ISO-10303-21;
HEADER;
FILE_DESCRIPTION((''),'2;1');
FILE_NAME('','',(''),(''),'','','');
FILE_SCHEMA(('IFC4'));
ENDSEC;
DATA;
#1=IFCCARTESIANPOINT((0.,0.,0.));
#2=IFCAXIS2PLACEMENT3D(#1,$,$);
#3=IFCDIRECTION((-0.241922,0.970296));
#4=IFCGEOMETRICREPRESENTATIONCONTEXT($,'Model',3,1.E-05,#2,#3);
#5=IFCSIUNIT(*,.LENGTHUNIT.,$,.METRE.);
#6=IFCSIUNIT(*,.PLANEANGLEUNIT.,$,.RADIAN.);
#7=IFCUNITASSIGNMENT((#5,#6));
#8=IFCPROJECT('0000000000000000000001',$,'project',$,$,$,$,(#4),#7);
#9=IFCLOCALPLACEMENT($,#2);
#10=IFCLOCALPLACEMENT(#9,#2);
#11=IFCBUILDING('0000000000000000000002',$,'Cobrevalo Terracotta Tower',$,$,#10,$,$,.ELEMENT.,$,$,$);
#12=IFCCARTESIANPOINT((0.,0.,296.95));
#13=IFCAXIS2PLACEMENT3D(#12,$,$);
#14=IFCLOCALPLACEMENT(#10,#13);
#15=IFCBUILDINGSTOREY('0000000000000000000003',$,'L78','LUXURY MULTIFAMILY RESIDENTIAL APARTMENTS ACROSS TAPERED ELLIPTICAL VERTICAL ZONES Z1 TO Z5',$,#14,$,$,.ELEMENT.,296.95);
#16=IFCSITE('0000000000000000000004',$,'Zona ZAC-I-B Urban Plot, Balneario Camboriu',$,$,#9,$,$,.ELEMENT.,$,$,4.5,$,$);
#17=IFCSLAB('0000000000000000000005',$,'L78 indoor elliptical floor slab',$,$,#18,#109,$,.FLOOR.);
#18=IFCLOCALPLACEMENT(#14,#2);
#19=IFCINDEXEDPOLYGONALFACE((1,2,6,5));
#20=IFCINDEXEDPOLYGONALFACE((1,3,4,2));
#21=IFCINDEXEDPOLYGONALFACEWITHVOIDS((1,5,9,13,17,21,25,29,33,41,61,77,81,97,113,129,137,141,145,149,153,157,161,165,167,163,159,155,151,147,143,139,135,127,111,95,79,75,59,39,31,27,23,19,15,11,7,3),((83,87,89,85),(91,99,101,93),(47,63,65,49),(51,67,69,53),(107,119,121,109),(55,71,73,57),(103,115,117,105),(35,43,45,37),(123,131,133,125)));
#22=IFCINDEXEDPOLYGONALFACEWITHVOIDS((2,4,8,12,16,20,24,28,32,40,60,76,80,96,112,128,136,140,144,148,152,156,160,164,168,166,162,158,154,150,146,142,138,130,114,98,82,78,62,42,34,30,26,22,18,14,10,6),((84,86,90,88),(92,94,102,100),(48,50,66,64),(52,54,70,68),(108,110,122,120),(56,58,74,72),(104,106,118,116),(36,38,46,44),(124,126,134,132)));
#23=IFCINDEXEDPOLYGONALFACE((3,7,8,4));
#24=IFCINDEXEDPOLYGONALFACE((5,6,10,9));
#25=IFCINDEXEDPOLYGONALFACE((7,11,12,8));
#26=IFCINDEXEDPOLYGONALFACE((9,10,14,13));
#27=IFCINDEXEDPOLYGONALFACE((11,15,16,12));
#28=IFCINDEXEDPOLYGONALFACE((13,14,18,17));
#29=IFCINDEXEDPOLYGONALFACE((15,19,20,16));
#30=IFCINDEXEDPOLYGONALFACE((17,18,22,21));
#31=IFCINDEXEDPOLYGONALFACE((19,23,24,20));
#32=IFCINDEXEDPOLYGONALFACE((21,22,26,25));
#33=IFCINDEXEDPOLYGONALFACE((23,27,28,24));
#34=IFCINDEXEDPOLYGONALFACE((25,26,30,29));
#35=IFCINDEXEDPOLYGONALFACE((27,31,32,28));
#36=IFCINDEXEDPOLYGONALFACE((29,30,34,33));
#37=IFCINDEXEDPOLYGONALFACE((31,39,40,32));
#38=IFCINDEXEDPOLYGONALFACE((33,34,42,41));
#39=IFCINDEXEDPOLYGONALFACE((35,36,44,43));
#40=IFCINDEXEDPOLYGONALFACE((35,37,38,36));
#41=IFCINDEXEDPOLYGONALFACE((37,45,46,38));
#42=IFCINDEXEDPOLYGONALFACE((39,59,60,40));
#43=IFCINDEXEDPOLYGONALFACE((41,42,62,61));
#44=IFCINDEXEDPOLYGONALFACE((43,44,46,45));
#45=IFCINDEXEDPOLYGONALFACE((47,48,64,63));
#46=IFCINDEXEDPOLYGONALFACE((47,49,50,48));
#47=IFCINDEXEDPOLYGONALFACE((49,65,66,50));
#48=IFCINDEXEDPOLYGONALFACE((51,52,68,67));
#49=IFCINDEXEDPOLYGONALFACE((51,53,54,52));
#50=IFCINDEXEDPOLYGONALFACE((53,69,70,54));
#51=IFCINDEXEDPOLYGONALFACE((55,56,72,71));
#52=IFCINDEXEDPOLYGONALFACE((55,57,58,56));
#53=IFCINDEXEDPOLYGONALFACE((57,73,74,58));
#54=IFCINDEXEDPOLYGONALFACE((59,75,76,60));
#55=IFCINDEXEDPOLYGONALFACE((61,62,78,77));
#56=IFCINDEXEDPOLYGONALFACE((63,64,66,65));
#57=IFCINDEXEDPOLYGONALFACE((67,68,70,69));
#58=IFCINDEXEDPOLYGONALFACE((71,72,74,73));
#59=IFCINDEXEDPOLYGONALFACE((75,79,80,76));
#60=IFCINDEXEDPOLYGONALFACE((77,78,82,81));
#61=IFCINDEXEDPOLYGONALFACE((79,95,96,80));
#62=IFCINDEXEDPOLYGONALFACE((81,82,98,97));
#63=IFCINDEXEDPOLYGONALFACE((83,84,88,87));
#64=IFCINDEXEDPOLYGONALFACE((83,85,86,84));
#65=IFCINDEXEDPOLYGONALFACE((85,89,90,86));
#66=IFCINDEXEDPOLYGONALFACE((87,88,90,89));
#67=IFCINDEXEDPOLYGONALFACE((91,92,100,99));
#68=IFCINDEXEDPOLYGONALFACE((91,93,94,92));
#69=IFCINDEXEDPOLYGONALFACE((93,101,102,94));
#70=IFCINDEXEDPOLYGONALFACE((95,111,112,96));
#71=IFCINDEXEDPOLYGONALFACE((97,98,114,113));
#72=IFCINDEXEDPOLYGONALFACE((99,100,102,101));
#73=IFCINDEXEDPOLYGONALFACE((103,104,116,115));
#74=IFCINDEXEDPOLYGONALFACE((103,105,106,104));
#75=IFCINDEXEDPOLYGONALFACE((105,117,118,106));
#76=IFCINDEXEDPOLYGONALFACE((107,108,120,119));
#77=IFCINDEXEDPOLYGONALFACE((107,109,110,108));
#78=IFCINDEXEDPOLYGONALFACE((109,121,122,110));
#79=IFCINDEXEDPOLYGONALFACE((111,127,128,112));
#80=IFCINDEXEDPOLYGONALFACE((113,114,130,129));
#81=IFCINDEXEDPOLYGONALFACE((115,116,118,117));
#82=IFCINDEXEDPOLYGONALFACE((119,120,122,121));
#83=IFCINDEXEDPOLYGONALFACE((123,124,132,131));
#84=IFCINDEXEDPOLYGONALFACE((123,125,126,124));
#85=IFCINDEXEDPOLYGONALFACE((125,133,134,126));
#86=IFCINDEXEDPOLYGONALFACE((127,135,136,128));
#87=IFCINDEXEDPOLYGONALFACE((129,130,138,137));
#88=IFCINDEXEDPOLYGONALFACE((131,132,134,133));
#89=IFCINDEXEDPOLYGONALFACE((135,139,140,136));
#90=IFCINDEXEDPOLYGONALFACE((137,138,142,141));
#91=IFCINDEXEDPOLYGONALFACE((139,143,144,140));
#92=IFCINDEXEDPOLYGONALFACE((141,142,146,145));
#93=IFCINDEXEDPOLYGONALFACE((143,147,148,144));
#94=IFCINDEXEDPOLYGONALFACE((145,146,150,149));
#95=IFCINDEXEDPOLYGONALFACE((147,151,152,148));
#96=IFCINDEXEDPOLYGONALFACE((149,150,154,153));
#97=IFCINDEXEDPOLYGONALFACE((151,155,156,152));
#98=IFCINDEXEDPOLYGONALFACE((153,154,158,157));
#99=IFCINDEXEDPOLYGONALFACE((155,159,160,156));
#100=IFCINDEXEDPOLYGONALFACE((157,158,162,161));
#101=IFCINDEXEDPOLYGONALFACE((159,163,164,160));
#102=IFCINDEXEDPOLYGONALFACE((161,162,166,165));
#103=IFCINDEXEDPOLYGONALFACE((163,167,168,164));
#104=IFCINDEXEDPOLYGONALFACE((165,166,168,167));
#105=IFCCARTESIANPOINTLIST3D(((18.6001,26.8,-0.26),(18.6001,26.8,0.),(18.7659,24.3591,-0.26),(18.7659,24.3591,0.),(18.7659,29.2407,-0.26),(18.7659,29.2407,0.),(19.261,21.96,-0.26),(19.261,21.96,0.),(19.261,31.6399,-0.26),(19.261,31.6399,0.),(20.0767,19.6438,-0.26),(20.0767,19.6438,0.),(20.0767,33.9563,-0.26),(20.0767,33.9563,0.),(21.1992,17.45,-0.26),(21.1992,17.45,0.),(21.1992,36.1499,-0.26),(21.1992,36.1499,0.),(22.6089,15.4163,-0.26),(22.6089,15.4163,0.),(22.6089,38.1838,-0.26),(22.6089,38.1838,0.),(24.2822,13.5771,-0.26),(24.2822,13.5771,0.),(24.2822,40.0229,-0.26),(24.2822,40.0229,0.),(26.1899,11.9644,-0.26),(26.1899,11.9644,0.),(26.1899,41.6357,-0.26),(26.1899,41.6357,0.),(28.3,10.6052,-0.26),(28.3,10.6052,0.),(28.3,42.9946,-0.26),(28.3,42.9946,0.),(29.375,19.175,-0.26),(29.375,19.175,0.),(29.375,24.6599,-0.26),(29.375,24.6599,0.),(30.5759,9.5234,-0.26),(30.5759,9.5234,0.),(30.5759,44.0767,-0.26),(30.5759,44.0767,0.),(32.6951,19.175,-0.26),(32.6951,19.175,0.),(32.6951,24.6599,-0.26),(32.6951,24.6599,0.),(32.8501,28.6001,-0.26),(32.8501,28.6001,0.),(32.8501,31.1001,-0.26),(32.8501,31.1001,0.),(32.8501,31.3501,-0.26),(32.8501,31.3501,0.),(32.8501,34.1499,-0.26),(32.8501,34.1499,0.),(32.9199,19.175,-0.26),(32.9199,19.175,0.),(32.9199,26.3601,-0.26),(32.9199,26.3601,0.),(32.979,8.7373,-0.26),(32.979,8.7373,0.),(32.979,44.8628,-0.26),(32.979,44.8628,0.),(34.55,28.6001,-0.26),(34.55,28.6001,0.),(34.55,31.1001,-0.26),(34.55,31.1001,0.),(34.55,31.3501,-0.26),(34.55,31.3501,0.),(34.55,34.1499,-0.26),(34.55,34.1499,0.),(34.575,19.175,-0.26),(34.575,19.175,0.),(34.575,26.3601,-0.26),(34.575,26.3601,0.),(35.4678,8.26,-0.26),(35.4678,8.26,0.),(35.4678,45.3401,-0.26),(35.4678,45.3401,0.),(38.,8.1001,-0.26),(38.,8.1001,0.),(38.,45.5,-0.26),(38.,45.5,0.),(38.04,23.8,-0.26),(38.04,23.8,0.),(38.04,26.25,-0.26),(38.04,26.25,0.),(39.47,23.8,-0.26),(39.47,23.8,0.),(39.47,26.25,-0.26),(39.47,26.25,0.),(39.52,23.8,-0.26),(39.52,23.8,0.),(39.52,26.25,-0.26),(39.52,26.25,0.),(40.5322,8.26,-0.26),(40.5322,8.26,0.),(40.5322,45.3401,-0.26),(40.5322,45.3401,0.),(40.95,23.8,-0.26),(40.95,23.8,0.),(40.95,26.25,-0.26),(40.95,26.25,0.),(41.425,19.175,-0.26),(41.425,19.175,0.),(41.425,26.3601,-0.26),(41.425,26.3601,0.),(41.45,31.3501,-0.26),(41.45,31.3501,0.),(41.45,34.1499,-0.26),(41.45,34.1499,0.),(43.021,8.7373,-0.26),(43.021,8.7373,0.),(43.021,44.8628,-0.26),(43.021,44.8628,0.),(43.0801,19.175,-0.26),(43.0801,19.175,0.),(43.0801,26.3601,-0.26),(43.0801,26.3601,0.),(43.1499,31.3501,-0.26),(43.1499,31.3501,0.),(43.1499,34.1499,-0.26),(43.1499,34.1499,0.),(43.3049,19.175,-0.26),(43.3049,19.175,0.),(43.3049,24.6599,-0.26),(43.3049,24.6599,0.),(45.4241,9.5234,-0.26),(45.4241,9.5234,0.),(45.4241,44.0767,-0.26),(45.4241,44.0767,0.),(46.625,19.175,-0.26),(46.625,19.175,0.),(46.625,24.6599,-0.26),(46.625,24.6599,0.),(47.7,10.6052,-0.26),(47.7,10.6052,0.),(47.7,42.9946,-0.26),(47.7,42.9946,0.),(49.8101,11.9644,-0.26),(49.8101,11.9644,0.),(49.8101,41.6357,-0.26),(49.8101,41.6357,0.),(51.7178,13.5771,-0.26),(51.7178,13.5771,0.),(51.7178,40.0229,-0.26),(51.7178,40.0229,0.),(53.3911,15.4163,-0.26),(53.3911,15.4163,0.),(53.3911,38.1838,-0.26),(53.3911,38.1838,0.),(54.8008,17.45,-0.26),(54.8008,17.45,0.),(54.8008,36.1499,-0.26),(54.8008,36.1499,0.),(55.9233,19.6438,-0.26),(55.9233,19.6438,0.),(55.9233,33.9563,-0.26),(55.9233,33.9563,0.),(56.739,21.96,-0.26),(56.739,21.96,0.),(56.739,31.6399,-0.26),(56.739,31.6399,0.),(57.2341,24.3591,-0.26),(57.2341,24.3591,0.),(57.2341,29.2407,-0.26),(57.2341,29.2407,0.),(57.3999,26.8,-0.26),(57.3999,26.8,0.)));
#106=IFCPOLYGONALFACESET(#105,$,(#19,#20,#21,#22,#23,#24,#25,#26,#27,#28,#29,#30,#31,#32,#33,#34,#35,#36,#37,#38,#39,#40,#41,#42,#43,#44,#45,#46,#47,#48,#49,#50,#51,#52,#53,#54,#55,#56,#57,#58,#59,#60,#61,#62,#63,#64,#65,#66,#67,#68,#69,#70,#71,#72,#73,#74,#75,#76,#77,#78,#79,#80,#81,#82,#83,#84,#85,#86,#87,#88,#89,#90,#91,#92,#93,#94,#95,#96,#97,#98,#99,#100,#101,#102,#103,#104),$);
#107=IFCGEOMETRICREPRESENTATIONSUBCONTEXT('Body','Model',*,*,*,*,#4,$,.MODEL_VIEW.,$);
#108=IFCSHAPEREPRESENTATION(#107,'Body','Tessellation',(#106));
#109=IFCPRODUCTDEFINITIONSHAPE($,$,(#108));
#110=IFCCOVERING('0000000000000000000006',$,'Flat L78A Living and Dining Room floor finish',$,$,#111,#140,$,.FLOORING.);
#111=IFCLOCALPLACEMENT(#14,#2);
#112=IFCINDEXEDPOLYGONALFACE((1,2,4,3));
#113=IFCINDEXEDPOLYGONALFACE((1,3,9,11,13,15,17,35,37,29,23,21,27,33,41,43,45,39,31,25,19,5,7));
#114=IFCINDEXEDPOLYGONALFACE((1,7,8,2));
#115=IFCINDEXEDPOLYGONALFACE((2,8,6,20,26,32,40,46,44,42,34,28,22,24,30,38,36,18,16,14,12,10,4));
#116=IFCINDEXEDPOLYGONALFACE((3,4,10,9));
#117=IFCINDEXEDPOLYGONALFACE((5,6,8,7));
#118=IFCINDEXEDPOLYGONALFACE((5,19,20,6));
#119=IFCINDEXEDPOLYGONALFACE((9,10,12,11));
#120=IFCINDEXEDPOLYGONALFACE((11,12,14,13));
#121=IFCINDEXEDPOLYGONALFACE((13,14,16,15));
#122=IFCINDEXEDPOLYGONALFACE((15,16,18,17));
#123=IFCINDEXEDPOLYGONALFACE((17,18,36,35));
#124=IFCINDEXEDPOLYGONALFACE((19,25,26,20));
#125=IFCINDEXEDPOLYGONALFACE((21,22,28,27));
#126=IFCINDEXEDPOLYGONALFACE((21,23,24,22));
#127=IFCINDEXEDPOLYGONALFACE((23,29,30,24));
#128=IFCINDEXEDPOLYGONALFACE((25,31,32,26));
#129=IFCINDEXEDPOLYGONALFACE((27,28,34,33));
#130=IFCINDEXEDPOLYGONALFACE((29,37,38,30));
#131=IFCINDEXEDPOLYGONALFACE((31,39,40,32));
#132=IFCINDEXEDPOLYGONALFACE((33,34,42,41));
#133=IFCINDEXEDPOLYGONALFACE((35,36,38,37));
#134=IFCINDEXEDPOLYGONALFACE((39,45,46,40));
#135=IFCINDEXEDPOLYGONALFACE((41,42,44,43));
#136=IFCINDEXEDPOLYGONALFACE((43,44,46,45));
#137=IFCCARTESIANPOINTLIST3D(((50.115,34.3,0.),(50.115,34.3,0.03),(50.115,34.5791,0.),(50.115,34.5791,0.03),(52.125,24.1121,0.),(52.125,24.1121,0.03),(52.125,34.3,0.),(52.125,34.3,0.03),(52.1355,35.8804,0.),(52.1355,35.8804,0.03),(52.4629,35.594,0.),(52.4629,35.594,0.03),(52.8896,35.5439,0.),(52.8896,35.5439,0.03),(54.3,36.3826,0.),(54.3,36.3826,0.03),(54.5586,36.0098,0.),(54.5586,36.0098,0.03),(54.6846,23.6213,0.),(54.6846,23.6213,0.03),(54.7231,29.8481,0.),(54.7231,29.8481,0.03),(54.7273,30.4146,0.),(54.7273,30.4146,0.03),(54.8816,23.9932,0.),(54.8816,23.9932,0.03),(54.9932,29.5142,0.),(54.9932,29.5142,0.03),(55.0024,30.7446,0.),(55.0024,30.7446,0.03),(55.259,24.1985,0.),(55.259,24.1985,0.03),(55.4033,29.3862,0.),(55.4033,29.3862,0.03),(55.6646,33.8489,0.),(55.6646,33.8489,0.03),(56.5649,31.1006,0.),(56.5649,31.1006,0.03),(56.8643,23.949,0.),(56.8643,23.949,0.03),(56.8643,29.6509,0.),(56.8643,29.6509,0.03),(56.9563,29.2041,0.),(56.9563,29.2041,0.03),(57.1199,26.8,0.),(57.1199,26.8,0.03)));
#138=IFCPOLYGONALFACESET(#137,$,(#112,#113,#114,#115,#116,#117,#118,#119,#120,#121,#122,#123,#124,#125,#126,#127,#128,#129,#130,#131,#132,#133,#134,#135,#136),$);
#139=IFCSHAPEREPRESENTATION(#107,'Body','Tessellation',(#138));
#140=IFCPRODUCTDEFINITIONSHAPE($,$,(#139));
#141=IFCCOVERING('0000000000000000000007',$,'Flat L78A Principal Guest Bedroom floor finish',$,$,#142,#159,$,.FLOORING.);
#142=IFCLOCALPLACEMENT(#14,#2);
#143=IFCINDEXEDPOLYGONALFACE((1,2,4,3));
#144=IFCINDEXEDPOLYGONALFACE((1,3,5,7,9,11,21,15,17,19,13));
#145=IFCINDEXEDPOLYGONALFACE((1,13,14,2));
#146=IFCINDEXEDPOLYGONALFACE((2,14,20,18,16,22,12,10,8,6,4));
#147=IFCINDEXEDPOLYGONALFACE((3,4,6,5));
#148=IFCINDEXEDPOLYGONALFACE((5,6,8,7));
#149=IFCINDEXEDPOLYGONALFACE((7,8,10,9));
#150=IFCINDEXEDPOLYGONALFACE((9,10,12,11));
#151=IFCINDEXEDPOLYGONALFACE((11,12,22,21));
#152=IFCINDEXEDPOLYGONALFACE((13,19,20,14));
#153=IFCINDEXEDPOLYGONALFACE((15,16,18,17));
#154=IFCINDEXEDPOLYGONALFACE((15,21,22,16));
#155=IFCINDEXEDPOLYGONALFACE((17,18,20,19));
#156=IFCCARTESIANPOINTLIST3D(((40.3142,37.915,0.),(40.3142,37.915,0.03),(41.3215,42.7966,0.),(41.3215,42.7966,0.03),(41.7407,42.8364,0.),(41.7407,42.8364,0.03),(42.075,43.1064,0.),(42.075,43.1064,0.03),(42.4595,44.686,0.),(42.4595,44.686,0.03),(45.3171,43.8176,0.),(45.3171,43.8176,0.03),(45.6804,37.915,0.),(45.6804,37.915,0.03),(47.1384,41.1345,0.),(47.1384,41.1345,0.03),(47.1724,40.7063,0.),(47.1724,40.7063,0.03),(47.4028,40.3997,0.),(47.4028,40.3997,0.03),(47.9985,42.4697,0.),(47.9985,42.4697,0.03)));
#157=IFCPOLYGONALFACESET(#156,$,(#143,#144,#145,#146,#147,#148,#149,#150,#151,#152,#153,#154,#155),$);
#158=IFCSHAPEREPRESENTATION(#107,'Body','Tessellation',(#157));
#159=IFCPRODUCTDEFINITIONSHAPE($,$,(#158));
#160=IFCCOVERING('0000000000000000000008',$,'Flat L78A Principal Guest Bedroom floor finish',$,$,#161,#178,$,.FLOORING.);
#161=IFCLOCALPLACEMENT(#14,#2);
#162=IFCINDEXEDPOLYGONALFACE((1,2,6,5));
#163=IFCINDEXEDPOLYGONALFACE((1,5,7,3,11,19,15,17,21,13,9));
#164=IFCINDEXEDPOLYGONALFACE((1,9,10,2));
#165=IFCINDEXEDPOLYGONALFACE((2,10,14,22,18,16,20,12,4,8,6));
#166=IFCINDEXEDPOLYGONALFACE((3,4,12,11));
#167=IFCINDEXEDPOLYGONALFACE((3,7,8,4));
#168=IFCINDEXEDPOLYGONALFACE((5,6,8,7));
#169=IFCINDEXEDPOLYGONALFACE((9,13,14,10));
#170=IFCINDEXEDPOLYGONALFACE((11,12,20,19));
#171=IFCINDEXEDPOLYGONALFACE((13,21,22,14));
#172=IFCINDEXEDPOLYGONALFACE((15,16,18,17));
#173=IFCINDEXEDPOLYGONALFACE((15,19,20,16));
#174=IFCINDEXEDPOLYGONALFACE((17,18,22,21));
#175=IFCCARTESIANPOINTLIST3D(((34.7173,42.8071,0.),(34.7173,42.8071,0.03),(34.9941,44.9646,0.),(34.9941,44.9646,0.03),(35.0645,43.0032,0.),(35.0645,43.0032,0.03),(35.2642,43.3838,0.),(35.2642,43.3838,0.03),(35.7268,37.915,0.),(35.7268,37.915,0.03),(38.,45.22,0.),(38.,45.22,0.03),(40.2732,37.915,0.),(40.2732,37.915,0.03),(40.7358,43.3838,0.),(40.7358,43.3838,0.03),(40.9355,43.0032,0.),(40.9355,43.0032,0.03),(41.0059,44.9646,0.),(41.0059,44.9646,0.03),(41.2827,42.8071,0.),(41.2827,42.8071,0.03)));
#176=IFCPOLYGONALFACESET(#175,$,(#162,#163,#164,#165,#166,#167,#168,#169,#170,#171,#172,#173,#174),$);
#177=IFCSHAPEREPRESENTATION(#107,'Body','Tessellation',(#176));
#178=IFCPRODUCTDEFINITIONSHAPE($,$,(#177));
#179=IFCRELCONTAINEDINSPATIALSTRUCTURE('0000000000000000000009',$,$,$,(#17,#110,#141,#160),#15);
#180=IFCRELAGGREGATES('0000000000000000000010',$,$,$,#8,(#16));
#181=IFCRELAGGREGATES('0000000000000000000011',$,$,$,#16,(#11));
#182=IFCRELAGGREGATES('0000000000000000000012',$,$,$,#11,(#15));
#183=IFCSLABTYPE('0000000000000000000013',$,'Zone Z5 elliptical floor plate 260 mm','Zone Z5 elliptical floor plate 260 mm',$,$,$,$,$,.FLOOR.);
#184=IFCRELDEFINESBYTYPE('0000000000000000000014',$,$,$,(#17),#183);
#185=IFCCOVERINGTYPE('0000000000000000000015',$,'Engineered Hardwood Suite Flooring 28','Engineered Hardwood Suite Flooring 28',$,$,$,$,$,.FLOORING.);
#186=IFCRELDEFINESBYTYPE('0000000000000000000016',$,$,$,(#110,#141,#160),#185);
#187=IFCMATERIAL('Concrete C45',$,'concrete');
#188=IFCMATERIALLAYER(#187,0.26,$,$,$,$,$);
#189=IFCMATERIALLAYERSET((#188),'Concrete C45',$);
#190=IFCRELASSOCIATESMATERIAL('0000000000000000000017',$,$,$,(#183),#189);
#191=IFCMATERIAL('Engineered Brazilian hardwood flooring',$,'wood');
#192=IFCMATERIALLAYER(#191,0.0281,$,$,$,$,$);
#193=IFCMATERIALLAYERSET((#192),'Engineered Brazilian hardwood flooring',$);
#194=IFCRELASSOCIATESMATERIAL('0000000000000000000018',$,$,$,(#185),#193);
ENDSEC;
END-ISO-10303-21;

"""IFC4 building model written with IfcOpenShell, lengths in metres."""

from ifc_helpers import new_model, si_unit, direction, frame, origin, place, context, subcontext, project, spatial, polyline, outline, extrude, material, layer, layer_set, type_object, element, save


model = new_model("IFC4")

# Units and contexts
model_context = context("Model", 3, precision=1e-05, world=origin(), true_north=direction((-0.241922, 0.970296)))
body_context = subcontext(model_context, "Body", "Model", "MODEL_VIEW")
ifc_project = project(units=[si_unit("LENGTHUNIT", "METRE"), si_unit("PLANEANGLEUNIT", "RADIAN")], contexts=[model_context])

# Site, building, storey
site_placement = place(None, origin())
site = spatial("IfcSite", under=ifc_project, at=site_placement, Name="Zona ZAC-I-B Urban Plot, Balneario Camboriu", CompositionType="ELEMENT", RefElevation=4.5)
building_placement = place(site_placement, origin())
building = spatial("IfcBuilding", under=site, at=building_placement, Name="Cobrevalo Terracotta Tower", CompositionType="ELEMENT")
storey_placement = place(building_placement, frame((0.0, 0.0, 296.95)))
storey = spatial("IfcBuildingStorey", under=building, at=storey_placement, Name="L78", Description="LUXURY MULTIFAMILY RESIDENTIAL APARTMENTS ACROSS TAPERED ELLIPTICAL VERTICAL ZONES Z1 TO Z5", CompositionType="ELEMENT", Elevation=296.95)

# Slab
ifc_material_1 = material(Name="Concrete C45", Category="concrete")
ifc_layer_1 = layer(ifc_material_1, 0.26)
ifc_layer_set_1 = layer_set([ifc_layer_1], Name="Concrete C45")
slab_type_1 = type_object("IfcSlabType", Name="Zone Z5 elliptical floor plate 260 mm", Description="Zone Z5 elliptical floor plate 260 mm", PredefinedType="FLOOR", material=ifc_layer_set_1)
slab_1_placement = place(storey_placement, frame((0.0, 0.0, -0.26)))
element("IfcSlab", 1, at=slab_1_placement, inside=storey, type_object=slab_type_1, Name="L78 indoor elliptical floor slab", PredefinedType="FLOOR", context=body_context, shape_type="SweptSolid", body=[
    extrude(outline(polyline([(57.2341, 24.3591), (56.739, 21.96), (55.9233, 19.6438), (54.8008, 17.45), (53.3911, 15.4163), (51.7178, 13.5771), (49.8101, 11.9644), (47.7, 10.6052), (45.4241, 9.5234), (43.021, 8.7373), (40.5322, 8.26), (38.0, 8.1001), (35.4678, 8.26), (32.979, 8.7373), (30.5759, 9.5234), (28.3, 10.6052), (26.1899, 11.9644), (24.2822, 13.5771), (22.6089, 15.4163), (21.1992, 17.45), (20.0767, 19.6438), (19.261, 21.96), (18.7659, 24.3591), (18.6001, 26.8), (18.7659, 29.2407), (19.261, 31.6399), (20.0767, 33.9563), (21.1992, 36.1499), (22.6089, 38.1838), (24.2822, 40.0229), (26.1899, 41.6357), (28.3, 42.9946), (30.5759, 44.0767), (32.979, 44.8628), (35.4678, 45.3401), (38.0, 45.5), (40.5322, 45.3401), (43.021, 44.8628), (45.4241, 44.0767), (47.7, 42.9946), (49.8101, 41.6357), (51.7178, 40.0229), (53.3911, 38.1838), (54.8008, 36.1499), (55.9233, 33.9563), (56.739, 31.6399), (57.2341, 29.2407), (57.3999, 26.8), (57.2341, 24.3591)]), holes=[polyline([(32.6951, 19.175), (32.6951, 24.6599), (29.375, 24.6599), (29.375, 19.175), (32.6951, 19.175)]), polyline([(46.625, 19.175), (46.625, 24.6599), (43.3049, 24.6599), (43.3049, 19.175), (46.625, 19.175)]), polyline([(34.575, 26.3601), (32.9199, 26.3601), (32.9199, 19.175), (34.575, 19.175), (34.575, 26.3601)]), polyline([(43.0801, 26.3601), (41.425, 26.3601), (41.425, 19.175), (43.0801, 19.175), (43.0801, 26.3601)]), polyline([(39.47, 26.25), (38.04, 26.25), (38.04, 23.8), (39.47, 23.8), (39.47, 26.25)]), polyline([(40.95, 26.25), (39.52, 26.25), (39.52, 23.8), (40.95, 23.8), (40.95, 26.25)]), polyline([(34.55, 31.1001), (32.8501, 31.1001), (32.8501, 28.6001), (34.55, 28.6001), (34.55, 31.1001)]), polyline([(34.55, 31.3501), (34.55, 34.1499), (32.8501, 34.1499), (32.8501, 31.3501), (34.55, 31.3501)]), polyline([(43.1499, 31.3501), (43.1499, 34.1499), (41.45, 34.1499), (41.45, 31.3501), (43.1499, 31.3501)])]), origin(), (0.0, 0.0, 1.0), 0.26),
])

# Coverings
ifc_material_2 = material(Name="Engineered Brazilian hardwood flooring", Category="wood")
ifc_layer_2 = layer(ifc_material_2, 0.0281)
ifc_layer_set_2 = layer_set([ifc_layer_2], Name="Engineered Brazilian hardwood flooring")
covering_type_1 = type_object("IfcCoveringType", Name="Engineered Hardwood Suite Flooring 28", Description="Engineered Hardwood Suite Flooring 28", PredefinedType="FLOORING", material=ifc_layer_set_2)
covering_1_placement = place(storey_placement, origin())
element("IfcCovering", 2, at=covering_1_placement, inside=storey, type_object=covering_type_1, Name="Flat L78A Living and Dining Room floor finish", PredefinedType="FLOORING", context=body_context, shape_type="SweptSolid", body=[
    extrude(outline(polyline([(50.115, 34.3), (50.115, 34.5791), (52.1355, 35.8804), (52.4629, 35.594), (52.8896, 35.5439), (54.3, 36.3826), (54.5586, 36.0098), (55.6646, 33.8489), (56.5649, 31.1006), (55.0024, 30.7446), (54.7273, 30.4146), (54.7231, 29.8481), (54.9932, 29.5142), (55.4033, 29.3862), (56.8643, 29.6509), (56.9563, 29.2041), (57.1199, 26.8), (56.8643, 23.949), (55.259, 24.1985), (54.8816, 23.9932), (54.6846, 23.6213), (52.125, 24.1121), (52.125, 34.3), (50.115, 34.3)])), origin(), (0.0, 0.0, 1.0), 0.03),
])
covering_2_placement = place(storey_placement, origin())
element("IfcCovering", 3, at=covering_2_placement, inside=storey, type_object=covering_type_1, Name="Flat L78A Principal Guest Bedroom floor finish", PredefinedType="FLOORING", context=body_context, shape_type="SweptSolid", body=[
    extrude(outline(polyline([(41.3215, 42.7966), (41.7407, 42.8364), (42.075, 43.1064), (42.4595, 44.686), (45.3171, 43.8176), (47.9985, 42.4697), (47.1384, 41.1345), (47.1724, 40.7063), (47.4028, 40.3997), (45.6804, 37.915), (40.3142, 37.915), (41.3215, 42.7966)])), origin(), (0.0, 0.0, 1.0), 0.03),
])
covering_3_placement = place(storey_placement, origin())
element("IfcCovering", 4, at=covering_3_placement, inside=storey, type_object=covering_type_1, Name="Flat L78A Principal Guest Bedroom floor finish", PredefinedType="FLOORING", context=body_context, shape_type="SweptSolid", body=[
    extrude(outline(polyline([(34.7173, 42.8071), (35.0645, 43.0032), (35.2642, 43.3838), (34.9941, 44.9646), (38.0, 45.22), (41.0059, 44.9646), (40.7358, 43.3838), (40.9355, 43.0032), (41.2827, 42.8071), (40.2732, 37.915), (35.7268, 37.915), (34.7173, 42.8071)])), origin(), (0.0, 0.0, 1.0), 0.03),
])

save(model, "model.ifc")
